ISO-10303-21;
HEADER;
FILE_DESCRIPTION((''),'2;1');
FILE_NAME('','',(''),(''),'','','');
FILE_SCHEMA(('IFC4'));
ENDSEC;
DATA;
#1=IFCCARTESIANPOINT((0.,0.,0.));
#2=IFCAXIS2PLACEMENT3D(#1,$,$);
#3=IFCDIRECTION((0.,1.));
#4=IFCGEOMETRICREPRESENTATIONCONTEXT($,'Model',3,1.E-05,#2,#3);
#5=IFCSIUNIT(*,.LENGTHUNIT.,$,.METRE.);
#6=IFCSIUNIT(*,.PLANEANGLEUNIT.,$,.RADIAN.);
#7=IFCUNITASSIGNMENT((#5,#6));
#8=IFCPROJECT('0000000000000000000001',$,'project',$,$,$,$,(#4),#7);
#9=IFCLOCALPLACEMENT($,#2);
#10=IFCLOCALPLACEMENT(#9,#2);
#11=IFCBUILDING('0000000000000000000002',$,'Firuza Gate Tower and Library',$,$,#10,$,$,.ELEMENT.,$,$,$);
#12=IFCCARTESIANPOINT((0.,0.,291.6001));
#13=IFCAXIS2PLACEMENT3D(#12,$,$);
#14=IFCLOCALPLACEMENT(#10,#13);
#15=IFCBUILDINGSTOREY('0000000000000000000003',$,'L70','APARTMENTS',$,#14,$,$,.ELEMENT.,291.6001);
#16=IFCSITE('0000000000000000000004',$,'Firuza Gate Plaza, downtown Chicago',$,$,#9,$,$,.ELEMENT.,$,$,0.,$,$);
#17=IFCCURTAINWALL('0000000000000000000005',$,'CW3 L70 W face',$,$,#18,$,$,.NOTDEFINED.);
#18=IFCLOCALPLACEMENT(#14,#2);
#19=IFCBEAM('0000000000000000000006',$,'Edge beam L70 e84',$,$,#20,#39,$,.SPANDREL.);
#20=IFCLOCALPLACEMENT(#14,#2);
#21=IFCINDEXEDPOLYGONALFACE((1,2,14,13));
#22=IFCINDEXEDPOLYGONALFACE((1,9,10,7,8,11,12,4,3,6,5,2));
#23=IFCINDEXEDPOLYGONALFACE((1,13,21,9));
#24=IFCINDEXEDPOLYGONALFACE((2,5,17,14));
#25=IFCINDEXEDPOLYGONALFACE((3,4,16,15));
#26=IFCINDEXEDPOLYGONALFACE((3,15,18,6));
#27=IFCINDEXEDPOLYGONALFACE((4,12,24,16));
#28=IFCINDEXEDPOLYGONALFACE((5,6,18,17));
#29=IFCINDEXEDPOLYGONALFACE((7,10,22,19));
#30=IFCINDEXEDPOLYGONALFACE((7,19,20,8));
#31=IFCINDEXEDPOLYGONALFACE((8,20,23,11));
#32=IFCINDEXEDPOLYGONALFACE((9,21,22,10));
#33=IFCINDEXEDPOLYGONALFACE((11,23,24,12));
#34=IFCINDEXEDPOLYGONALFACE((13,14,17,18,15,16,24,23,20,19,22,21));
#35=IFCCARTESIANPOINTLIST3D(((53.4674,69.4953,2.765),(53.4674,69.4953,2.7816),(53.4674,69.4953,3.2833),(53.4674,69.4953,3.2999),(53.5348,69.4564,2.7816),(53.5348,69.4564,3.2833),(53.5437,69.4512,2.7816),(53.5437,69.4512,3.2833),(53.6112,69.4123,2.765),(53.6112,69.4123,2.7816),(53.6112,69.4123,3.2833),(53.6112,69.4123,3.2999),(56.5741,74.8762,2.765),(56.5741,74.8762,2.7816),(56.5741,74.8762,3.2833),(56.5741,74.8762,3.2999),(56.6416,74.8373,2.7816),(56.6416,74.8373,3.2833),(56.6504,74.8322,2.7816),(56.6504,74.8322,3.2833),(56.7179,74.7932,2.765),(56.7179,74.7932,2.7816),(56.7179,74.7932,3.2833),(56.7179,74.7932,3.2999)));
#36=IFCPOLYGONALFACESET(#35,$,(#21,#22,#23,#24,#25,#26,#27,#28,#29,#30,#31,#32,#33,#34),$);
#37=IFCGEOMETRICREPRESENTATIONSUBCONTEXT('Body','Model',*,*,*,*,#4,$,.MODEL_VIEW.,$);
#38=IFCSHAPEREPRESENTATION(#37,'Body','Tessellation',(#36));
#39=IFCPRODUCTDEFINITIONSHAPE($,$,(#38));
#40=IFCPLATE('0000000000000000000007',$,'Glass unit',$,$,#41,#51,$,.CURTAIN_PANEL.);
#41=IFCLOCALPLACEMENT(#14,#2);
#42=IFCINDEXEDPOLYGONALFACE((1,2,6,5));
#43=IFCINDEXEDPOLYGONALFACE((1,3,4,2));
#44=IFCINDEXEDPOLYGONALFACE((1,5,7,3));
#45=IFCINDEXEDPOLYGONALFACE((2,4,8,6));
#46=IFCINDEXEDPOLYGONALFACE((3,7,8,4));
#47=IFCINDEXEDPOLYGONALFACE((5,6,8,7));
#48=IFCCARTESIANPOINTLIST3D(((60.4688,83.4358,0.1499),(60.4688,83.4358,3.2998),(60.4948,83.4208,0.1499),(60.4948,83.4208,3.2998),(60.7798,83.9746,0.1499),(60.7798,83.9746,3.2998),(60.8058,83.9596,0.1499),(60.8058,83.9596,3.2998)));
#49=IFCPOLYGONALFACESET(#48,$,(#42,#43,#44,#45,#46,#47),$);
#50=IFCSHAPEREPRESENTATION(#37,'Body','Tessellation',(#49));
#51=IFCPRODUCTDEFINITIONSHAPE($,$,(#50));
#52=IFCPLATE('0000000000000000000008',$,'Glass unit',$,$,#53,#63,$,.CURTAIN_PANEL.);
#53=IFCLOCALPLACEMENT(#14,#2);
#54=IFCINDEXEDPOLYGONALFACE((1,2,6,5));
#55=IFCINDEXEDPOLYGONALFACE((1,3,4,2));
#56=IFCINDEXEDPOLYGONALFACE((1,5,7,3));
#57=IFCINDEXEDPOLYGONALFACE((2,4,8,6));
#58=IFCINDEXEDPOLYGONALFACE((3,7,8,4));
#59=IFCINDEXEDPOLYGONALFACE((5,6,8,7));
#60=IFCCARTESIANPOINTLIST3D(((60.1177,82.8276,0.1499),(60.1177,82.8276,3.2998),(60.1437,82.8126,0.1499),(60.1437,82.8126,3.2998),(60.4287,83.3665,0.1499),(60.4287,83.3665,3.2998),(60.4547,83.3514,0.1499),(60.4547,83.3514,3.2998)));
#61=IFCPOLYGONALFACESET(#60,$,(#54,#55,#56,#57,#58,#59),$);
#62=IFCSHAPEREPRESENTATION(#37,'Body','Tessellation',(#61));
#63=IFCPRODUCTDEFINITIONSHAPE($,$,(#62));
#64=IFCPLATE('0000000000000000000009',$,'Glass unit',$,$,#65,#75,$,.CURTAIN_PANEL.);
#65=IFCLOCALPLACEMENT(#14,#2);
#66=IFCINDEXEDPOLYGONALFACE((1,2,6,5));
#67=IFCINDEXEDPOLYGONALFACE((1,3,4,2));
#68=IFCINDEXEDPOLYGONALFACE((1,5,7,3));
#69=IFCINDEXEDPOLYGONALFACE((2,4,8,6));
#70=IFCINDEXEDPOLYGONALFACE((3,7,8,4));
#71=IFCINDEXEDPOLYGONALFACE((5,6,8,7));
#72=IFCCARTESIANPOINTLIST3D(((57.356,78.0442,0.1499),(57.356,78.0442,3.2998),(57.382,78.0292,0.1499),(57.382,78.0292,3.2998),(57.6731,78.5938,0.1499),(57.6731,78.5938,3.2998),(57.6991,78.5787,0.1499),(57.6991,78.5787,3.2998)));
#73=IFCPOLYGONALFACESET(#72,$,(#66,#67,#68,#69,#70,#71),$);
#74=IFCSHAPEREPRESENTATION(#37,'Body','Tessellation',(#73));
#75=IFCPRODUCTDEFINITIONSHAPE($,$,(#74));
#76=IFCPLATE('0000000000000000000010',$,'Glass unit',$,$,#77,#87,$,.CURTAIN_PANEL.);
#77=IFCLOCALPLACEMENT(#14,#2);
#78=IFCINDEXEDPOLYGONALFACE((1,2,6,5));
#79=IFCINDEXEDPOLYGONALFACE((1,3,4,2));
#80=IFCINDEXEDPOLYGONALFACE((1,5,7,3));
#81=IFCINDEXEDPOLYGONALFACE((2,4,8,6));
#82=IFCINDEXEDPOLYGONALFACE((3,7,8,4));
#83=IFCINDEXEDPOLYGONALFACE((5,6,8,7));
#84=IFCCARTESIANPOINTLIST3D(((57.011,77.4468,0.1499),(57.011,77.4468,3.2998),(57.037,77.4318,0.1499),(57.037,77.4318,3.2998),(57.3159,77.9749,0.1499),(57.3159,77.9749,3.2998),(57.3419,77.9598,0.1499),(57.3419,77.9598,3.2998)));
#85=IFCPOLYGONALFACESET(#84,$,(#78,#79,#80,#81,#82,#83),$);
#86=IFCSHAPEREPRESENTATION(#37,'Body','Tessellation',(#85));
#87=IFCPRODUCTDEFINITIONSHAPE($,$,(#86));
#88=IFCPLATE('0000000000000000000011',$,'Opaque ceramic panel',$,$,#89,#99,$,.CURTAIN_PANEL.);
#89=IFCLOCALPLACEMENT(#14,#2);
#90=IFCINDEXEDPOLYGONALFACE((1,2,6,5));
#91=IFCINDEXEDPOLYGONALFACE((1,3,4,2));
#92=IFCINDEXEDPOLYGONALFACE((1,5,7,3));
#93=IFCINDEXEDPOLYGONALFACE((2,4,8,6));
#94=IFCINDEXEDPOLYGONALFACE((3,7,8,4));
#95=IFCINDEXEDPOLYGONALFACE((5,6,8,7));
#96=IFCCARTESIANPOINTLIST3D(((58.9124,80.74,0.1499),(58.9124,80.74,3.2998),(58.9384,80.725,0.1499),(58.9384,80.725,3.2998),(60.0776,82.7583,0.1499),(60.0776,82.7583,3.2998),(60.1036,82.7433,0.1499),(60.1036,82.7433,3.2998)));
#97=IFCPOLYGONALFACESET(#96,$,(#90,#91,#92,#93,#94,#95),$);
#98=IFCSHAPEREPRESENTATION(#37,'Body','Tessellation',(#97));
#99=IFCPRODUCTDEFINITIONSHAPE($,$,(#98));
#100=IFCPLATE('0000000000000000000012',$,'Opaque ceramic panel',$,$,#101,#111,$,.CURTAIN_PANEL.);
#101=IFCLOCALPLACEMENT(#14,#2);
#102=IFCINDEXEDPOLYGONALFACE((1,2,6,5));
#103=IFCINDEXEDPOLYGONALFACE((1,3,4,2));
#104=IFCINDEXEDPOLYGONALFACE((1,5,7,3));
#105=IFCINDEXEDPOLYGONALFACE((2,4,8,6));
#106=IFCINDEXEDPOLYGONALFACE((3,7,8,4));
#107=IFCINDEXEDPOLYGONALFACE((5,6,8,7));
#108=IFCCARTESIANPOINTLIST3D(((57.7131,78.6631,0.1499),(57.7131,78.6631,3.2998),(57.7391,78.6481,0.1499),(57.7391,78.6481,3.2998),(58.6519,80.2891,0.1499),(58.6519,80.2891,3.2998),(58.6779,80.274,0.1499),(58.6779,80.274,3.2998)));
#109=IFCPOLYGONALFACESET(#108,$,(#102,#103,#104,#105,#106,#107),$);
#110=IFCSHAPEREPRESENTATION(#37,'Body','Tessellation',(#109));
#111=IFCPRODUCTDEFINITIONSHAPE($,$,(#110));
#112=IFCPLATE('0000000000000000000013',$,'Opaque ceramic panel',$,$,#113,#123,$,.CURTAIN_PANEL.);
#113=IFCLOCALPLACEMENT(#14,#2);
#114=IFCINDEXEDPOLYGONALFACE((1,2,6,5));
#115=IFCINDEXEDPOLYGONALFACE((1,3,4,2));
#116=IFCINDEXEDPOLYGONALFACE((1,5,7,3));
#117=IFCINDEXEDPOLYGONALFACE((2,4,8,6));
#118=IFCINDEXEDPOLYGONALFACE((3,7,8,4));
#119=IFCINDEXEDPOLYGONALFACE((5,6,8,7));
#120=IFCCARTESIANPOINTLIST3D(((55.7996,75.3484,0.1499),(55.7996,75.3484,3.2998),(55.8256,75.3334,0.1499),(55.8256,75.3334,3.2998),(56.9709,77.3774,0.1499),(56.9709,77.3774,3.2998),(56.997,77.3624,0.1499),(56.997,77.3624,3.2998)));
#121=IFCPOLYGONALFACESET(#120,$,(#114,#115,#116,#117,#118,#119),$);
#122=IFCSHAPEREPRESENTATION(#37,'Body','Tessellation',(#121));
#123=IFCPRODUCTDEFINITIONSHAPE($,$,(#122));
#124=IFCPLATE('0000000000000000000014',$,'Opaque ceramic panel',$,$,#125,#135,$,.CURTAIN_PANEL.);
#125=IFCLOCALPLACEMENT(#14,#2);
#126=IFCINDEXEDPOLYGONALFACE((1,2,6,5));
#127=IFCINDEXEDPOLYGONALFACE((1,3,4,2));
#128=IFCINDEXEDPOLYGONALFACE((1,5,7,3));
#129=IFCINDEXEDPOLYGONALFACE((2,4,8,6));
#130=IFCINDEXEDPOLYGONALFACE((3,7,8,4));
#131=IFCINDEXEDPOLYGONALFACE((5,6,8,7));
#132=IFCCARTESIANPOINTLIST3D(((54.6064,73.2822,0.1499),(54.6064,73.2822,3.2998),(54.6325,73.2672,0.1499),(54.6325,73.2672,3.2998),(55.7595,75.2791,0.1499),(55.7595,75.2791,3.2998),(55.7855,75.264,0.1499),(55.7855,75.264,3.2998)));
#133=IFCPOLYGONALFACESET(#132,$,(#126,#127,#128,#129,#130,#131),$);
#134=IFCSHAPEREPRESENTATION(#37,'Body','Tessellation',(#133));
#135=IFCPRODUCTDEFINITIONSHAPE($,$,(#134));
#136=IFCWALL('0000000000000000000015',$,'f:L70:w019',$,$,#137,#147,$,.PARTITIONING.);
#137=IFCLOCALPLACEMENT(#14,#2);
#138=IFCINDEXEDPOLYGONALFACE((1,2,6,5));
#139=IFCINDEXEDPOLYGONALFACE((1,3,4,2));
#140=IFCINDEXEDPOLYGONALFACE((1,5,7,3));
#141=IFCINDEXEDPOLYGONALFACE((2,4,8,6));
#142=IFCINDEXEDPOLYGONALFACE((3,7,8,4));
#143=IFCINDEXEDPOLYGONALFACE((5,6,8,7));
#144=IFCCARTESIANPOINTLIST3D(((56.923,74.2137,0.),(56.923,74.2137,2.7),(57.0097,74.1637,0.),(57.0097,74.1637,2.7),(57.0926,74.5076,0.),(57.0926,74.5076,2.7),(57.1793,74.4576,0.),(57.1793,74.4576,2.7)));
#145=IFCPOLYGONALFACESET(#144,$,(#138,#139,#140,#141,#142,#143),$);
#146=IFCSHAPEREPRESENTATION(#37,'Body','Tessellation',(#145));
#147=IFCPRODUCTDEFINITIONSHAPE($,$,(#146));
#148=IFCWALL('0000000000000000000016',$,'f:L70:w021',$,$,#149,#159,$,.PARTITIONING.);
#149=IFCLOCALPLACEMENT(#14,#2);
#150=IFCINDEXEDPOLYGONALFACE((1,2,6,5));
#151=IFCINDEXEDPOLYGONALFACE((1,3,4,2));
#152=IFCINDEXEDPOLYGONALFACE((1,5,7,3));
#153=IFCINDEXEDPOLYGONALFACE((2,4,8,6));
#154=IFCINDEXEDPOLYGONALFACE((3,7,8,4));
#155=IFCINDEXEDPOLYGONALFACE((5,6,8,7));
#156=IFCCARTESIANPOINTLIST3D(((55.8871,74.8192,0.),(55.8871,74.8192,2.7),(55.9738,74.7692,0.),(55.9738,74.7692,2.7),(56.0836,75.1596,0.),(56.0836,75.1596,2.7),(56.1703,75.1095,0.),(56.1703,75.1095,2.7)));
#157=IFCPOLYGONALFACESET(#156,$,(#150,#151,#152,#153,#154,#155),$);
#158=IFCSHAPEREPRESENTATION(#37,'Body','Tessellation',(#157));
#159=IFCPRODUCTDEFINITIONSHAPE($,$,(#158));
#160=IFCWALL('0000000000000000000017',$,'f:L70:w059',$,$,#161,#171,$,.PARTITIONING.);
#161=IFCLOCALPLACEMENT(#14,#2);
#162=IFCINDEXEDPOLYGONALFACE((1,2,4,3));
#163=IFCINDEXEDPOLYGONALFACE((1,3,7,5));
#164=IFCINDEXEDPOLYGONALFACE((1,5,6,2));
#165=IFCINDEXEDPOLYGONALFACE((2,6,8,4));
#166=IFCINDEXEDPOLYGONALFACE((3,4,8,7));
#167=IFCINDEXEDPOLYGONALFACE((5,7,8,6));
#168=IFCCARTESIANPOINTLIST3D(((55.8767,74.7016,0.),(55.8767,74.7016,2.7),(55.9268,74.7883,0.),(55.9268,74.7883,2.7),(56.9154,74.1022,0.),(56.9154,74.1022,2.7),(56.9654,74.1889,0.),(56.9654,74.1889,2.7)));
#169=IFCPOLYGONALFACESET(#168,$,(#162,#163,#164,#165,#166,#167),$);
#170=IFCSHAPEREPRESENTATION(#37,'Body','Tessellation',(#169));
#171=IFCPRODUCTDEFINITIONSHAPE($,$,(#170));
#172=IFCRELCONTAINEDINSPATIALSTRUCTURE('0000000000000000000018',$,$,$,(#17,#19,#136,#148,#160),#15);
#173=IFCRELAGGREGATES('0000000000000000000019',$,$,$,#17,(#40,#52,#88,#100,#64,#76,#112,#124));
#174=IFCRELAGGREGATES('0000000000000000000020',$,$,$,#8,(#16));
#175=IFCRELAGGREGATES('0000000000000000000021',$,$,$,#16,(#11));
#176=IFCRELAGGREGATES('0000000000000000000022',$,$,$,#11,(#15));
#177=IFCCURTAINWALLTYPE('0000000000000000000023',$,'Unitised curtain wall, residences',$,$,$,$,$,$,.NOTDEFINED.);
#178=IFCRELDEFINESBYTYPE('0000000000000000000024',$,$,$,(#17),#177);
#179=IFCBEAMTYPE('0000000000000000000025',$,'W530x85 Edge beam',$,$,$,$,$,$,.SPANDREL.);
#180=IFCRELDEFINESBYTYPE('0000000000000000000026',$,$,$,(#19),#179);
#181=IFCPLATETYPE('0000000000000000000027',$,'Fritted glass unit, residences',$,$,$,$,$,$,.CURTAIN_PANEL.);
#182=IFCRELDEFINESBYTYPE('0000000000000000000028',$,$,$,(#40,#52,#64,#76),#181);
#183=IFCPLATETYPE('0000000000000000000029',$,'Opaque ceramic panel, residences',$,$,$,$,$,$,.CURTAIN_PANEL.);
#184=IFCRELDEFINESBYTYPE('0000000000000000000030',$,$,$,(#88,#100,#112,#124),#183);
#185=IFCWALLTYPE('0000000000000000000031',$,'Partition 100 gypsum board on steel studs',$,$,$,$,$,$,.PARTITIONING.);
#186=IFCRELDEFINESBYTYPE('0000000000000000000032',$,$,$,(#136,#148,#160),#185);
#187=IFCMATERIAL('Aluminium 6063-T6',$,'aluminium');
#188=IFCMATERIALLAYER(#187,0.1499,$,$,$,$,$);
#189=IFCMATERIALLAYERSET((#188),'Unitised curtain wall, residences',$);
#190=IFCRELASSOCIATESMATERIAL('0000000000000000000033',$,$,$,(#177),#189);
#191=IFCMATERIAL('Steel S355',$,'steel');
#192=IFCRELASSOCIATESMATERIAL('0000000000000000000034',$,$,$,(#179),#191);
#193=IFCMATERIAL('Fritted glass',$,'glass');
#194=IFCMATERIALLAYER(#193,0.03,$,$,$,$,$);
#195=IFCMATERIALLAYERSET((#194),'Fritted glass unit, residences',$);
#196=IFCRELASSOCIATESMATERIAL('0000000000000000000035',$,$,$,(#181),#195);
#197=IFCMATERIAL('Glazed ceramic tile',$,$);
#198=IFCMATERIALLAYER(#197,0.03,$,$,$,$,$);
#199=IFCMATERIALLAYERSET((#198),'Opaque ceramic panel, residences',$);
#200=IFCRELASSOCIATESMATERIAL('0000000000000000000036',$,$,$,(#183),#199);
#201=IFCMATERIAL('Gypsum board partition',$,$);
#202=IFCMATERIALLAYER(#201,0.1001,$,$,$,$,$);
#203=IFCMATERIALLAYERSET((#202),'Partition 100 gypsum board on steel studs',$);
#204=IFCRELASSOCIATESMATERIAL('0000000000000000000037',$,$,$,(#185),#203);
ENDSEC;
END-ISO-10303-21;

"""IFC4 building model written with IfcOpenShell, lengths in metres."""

from ifc_helpers import new_model, si_unit, direction, frame, frame_2d, origin, origin_2d, place, context, subcontext, project, spatial, polyline, rectangle, i_section, outline, extrude, material, layer, layer_set, material_profile, profile_set, type_object, element, aggregate, save


model = new_model("IFC4")

# Units and contexts
model_context = context("Model", 3, precision=1e-05, world=origin(), true_north=direction((0.0, 1.0)))
body_context = subcontext(model_context, "Body", "Model", "MODEL_VIEW")
ifc_project = project(units=[si_unit("LENGTHUNIT", "METRE"), si_unit("PLANEANGLEUNIT", "RADIAN")], contexts=[model_context])

# Site, building, storey
site_placement = place(None, origin())
site = spatial("IfcSite", under=ifc_project, at=site_placement, Name="Firuza Gate Plaza, downtown Chicago", CompositionType="ELEMENT", RefElevation=0.0)
building_placement = place(site_placement, origin())
building = spatial("IfcBuilding", under=site, at=building_placement, Name="Firuza Gate Tower and Library", CompositionType="ELEMENT")
storey_placement = place(building_placement, frame((0.0, 0.0, 291.6001)))
storey = spatial("IfcBuildingStorey", under=building, at=storey_placement, Name="L70", Description="APARTMENTS", CompositionType="ELEMENT", Elevation=291.6001)

# Curtain wall
ifc_material_1 = material(Name="Aluminium 6063-T6", Category="aluminium")
ifc_layer_1 = layer(ifc_material_1, 0.1499)
ifc_layer_set_1 = layer_set([ifc_layer_1], Name="Unitised curtain wall, residences")
curtain_wall_type = type_object("IfcCurtainWallType", Name="Unitised curtain wall, residences", PredefinedType="NOTDEFINED", material=ifc_layer_set_1)
curtain_wall_placement = place(storey_placement, origin())
curtain_wall = element("IfcCurtainWall", 1, at=curtain_wall_placement, inside=storey, type_object=curtain_wall_type, Name="CW3 L70 W face", PredefinedType="NOTDEFINED")

# Beam
ifc_material_2 = material(Name="Steel S355", Category="steel")
ifc_material_profile_1 = material_profile(ifc_material_2, i_section(OverallWidth=0.166, OverallDepth=0.5349, WebThickness=0.0103, FlangeThickness=0.0166, at=origin_2d()))
ifc_profile_set_1 = profile_set([ifc_material_profile_1], Name="Steel S355")
beam_type_1 = type_object("IfcBeamType", Name="W530x85 Edge beam", PredefinedType="SPANDREL", material=ifc_profile_set_1)
beam_1_placement = place(storey_placement, frame((56.646, 74.8347, 3.0325), z_axis=(-0.500006, -0.866022, 0.0), x_axis=(0.866022, -0.500006, 0.0)))
element("IfcBeam", 2, at=beam_1_placement, inside=storey, type_object=beam_type_1, Name="Edge beam L70 e84", PredefinedType="SPANDREL", context=body_context, shape_type="SweptSolid", body=[
    extrude(i_section(OverallWidth=0.166, OverallDepth=0.5349, WebThickness=0.0103, FlangeThickness=0.0166, at=origin_2d()), origin(), (0.0, 0.0, 1.0), 6.2134),
])

# Plates
ifc_material_3 = material(Name="Fritted glass", Category="glass")
ifc_layer_2 = layer(ifc_material_3, 0.03)
ifc_layer_set_2 = layer_set([ifc_layer_2], Name="Fritted glass unit, residences")
plate_type_1 = type_object("IfcPlateType", Name="Fritted glass unit, residences", PredefinedType="CURTAIN_PANEL", material=ifc_layer_set_2)
plate_1_placement = place(storey_placement, frame((60.7798, 83.9746, 0.1499), z_axis=(-0.866061, 0.499938, 0.0), x_axis=(-0.499938, -0.866061, 0.0)))
plate_1 = element("IfcPlate", 3, at=plate_1_placement, type_object=plate_type_1, Name="Glass unit", PredefinedType="CURTAIN_PANEL", context=body_context, shape_type="SweptSolid", body=[
    extrude(outline(polyline([(0.0, 0.0), (0.6221, 0.0), (0.6221, 3.1499), (0.0, 3.1499), (0.0, 0.0)])), origin(), (0.0, 0.0, -1.0), 0.03),
])
plate_2_placement = place(storey_placement, frame((60.4287, 83.3665, 0.1499), z_axis=(-0.866061, 0.499938, 0.0), x_axis=(-0.499938, -0.866061, 0.0)))
plate_2 = element("IfcPlate", 4, at=plate_2_placement, type_object=plate_type_1, Name="Glass unit", PredefinedType="CURTAIN_PANEL", context=body_context, shape_type="SweptSolid", body=[
    extrude(outline(polyline([(0.0, 0.0), (0.6221, 0.0), (0.6221, 3.1499), (0.0, 3.1499), (0.0, 0.0)])), origin(), (0.0, 0.0, -1.0), 0.03),
])
plate_3_placement = place(storey_placement, frame((57.6731, 78.5938, 0.1499), z_axis=(-0.866128, 0.499822, 0.0), x_axis=(-0.499822, -0.866128, 0.0)))
plate_3 = element("IfcPlate", 5, at=plate_3_placement, type_object=plate_type_1, Name="Glass unit", PredefinedType="CURTAIN_PANEL", context=body_context, shape_type="SweptSolid", body=[
    extrude(outline(polyline([(0.0, 0.0), (0.6345, 0.0), (0.6345, 3.1499), (0.0, 3.1499), (0.0, 0.0)])), origin(), (0.0, 0.0, -1.0), 0.03),
])
plate_4_placement = place(storey_placement, frame((57.3159, 77.9749, 0.1499), z_axis=(-0.865992, 0.500057, 0.0), x_axis=(-0.500057, -0.865992, 0.0)))
plate_4 = element("IfcPlate", 6, at=plate_4_placement, type_object=plate_type_1, Name="Glass unit", PredefinedType="CURTAIN_PANEL", context=body_context, shape_type="SweptSolid", body=[
    extrude(outline(polyline([(0.0, 0.0), (0.6098, 0.0), (0.6098, 3.1499), (0.0, 3.1499), (0.0, 0.0)])), origin(), (0.0, 0.0, -1.0), 0.03),
])
ifc_material_4 = material(Name="Glazed ceramic tile")
ifc_layer_3 = layer(ifc_material_4, 0.03)
ifc_layer_set_3 = layer_set([ifc_layer_3], Name="Opaque ceramic panel, residences")
plate_type_2 = type_object("IfcPlateType", Name="Opaque ceramic panel, residences", PredefinedType="CURTAIN_PANEL", material=ifc_layer_set_3)
plate_5_placement = place(storey_placement, frame((60.0776, 82.7583, 0.1499), z_axis=(-0.866023, 0.500004, 0.0), x_axis=(-0.500004, -0.866023, 0.0)))
plate_5 = element("IfcPlate", 7, at=plate_5_placement, type_object=plate_type_2, Name="Opaque ceramic panel", PredefinedType="CURTAIN_PANEL", context=body_context, shape_type="SweptSolid", body=[
    extrude(outline(polyline([(0.0, 0.0), (2.3305, 0.0), (2.3305, 3.1499), (0.0, 3.1499), (0.0, 0.0)])), origin(), (0.0, 0.0, -1.0), 0.03),
])
plate_6_placement = place(storey_placement, frame((58.6519, 80.2891, 0.1499), z_axis=(-0.866034, 0.499985, 0.0), x_axis=(-0.499985, -0.866034, 0.0)))
plate_6 = element("IfcPlate", 8, at=plate_6_placement, type_object=plate_type_2, Name="Opaque ceramic panel", PredefinedType="CURTAIN_PANEL", context=body_context, shape_type="SweptSolid", body=[
    extrude(outline(polyline([(0.0, 0.0), (1.8775, 0.0), (1.8775, 3.1499), (0.0, 3.1499), (0.0, 0.0)])), origin(), (0.0, 0.0, -1.0), 0.03),
])
plate_7_placement = place(storey_placement, frame((56.9709, 77.3774, 0.1499), z_axis=(-0.866042, 0.499972, 0.0), x_axis=(-0.499972, -0.866042, 0.0)))
plate_7 = element("IfcPlate", 9, at=plate_7_placement, type_object=plate_type_2, Name="Opaque ceramic panel", PredefinedType="CURTAIN_PANEL", context=body_context, shape_type="SweptSolid", body=[
    extrude(outline(polyline([(0.0, 0.0), (2.3429, 0.0), (2.3429, 3.1499), (0.0, 3.1499), (0.0, 0.0)])), origin(), (0.0, 0.0, -1.0), 0.03),
])
plate_8_placement = place(storey_placement, frame((55.7595, 75.2791, 0.1499), z_axis=(-0.865986, 0.500068, 0.0), x_axis=(-0.500068, -0.865986, 0.0)))
plate_8 = element("IfcPlate", 10, at=plate_8_placement, type_object=plate_type_2, Name="Opaque ceramic panel", PredefinedType="CURTAIN_PANEL", context=body_context, shape_type="SweptSolid", body=[
    extrude(outline(polyline([(0.0, 0.0), (2.3058, 0.0), (2.3058, 3.1499), (0.0, 3.1499), (0.0, 0.0)])), origin(), (0.0, 0.0, -1.0), 0.03),
])
aggregate(curtain_wall, [plate_1, plate_2, plate_5, plate_6, plate_3, plate_4, plate_7, plate_8])

# Walls
ifc_material_5 = material(Name="Gypsum board partition")
ifc_layer_4 = layer(ifc_material_5, 0.1001)
ifc_layer_set_4 = layer_set([ifc_layer_4], Name="Partition 100 gypsum board on steel studs")
wall_type = type_object("IfcWallType", Name="Partition 100 gypsum board on steel studs", PredefinedType="PARTITIONING", material=ifc_layer_set_4)
wall_1_placement = place(storey_placement, frame((56.9663, 74.1887, 0.0), z_axis=(0.0, 0.0, 1.0), x_axis=(0.49993, 0.866066, 0.0)))
element("IfcWall", 11, at=wall_1_placement, inside=storey, type_object=wall_type, Name="f:L70:w019", PredefinedType="PARTITIONING", context=body_context, shape_type="SweptSolid", body=[
    extrude(rectangle(XDim=0.3394, YDim=0.1001, at=frame_2d((0.1697, 0.0))), origin(), (0.0, 0.0, 1.0), 2.7),
])
wall_2_placement = place(storey_placement, frame((55.9304, 74.7942, 0.0), z_axis=(0.0, 0.0, 1.0), x_axis=(0.500081, 0.865979, 0.0)))
element("IfcWall", 12, at=wall_2_placement, inside=storey, type_object=wall_type, Name="f:L70:w021", PredefinedType="PARTITIONING", context=body_context, shape_type="SweptSolid", body=[
    extrude(rectangle(XDim=0.3931, YDim=0.1001, at=frame_2d((0.1965, 0.0))), origin(), (0.0, 0.0, 1.0), 2.7),
])
wall_3_placement = place(storey_placement, frame((56.9404, 74.1455, 0.0), z_axis=(0.0, 0.0, 1.0), x_axis=(-0.866118, 0.49984, 0.0)))
element("IfcWall", 13, at=wall_3_placement, inside=storey, type_object=wall_type, Name="f:L70:w059", PredefinedType="PARTITIONING", context=body_context, shape_type="SweptSolid", body=[
    extrude(rectangle(XDim=1.1992, YDim=0.1001, at=frame_2d((0.5996, 0.0))), origin(), (0.0, 0.0, 1.0), 2.7),
])

save(model, "model.ifc")
